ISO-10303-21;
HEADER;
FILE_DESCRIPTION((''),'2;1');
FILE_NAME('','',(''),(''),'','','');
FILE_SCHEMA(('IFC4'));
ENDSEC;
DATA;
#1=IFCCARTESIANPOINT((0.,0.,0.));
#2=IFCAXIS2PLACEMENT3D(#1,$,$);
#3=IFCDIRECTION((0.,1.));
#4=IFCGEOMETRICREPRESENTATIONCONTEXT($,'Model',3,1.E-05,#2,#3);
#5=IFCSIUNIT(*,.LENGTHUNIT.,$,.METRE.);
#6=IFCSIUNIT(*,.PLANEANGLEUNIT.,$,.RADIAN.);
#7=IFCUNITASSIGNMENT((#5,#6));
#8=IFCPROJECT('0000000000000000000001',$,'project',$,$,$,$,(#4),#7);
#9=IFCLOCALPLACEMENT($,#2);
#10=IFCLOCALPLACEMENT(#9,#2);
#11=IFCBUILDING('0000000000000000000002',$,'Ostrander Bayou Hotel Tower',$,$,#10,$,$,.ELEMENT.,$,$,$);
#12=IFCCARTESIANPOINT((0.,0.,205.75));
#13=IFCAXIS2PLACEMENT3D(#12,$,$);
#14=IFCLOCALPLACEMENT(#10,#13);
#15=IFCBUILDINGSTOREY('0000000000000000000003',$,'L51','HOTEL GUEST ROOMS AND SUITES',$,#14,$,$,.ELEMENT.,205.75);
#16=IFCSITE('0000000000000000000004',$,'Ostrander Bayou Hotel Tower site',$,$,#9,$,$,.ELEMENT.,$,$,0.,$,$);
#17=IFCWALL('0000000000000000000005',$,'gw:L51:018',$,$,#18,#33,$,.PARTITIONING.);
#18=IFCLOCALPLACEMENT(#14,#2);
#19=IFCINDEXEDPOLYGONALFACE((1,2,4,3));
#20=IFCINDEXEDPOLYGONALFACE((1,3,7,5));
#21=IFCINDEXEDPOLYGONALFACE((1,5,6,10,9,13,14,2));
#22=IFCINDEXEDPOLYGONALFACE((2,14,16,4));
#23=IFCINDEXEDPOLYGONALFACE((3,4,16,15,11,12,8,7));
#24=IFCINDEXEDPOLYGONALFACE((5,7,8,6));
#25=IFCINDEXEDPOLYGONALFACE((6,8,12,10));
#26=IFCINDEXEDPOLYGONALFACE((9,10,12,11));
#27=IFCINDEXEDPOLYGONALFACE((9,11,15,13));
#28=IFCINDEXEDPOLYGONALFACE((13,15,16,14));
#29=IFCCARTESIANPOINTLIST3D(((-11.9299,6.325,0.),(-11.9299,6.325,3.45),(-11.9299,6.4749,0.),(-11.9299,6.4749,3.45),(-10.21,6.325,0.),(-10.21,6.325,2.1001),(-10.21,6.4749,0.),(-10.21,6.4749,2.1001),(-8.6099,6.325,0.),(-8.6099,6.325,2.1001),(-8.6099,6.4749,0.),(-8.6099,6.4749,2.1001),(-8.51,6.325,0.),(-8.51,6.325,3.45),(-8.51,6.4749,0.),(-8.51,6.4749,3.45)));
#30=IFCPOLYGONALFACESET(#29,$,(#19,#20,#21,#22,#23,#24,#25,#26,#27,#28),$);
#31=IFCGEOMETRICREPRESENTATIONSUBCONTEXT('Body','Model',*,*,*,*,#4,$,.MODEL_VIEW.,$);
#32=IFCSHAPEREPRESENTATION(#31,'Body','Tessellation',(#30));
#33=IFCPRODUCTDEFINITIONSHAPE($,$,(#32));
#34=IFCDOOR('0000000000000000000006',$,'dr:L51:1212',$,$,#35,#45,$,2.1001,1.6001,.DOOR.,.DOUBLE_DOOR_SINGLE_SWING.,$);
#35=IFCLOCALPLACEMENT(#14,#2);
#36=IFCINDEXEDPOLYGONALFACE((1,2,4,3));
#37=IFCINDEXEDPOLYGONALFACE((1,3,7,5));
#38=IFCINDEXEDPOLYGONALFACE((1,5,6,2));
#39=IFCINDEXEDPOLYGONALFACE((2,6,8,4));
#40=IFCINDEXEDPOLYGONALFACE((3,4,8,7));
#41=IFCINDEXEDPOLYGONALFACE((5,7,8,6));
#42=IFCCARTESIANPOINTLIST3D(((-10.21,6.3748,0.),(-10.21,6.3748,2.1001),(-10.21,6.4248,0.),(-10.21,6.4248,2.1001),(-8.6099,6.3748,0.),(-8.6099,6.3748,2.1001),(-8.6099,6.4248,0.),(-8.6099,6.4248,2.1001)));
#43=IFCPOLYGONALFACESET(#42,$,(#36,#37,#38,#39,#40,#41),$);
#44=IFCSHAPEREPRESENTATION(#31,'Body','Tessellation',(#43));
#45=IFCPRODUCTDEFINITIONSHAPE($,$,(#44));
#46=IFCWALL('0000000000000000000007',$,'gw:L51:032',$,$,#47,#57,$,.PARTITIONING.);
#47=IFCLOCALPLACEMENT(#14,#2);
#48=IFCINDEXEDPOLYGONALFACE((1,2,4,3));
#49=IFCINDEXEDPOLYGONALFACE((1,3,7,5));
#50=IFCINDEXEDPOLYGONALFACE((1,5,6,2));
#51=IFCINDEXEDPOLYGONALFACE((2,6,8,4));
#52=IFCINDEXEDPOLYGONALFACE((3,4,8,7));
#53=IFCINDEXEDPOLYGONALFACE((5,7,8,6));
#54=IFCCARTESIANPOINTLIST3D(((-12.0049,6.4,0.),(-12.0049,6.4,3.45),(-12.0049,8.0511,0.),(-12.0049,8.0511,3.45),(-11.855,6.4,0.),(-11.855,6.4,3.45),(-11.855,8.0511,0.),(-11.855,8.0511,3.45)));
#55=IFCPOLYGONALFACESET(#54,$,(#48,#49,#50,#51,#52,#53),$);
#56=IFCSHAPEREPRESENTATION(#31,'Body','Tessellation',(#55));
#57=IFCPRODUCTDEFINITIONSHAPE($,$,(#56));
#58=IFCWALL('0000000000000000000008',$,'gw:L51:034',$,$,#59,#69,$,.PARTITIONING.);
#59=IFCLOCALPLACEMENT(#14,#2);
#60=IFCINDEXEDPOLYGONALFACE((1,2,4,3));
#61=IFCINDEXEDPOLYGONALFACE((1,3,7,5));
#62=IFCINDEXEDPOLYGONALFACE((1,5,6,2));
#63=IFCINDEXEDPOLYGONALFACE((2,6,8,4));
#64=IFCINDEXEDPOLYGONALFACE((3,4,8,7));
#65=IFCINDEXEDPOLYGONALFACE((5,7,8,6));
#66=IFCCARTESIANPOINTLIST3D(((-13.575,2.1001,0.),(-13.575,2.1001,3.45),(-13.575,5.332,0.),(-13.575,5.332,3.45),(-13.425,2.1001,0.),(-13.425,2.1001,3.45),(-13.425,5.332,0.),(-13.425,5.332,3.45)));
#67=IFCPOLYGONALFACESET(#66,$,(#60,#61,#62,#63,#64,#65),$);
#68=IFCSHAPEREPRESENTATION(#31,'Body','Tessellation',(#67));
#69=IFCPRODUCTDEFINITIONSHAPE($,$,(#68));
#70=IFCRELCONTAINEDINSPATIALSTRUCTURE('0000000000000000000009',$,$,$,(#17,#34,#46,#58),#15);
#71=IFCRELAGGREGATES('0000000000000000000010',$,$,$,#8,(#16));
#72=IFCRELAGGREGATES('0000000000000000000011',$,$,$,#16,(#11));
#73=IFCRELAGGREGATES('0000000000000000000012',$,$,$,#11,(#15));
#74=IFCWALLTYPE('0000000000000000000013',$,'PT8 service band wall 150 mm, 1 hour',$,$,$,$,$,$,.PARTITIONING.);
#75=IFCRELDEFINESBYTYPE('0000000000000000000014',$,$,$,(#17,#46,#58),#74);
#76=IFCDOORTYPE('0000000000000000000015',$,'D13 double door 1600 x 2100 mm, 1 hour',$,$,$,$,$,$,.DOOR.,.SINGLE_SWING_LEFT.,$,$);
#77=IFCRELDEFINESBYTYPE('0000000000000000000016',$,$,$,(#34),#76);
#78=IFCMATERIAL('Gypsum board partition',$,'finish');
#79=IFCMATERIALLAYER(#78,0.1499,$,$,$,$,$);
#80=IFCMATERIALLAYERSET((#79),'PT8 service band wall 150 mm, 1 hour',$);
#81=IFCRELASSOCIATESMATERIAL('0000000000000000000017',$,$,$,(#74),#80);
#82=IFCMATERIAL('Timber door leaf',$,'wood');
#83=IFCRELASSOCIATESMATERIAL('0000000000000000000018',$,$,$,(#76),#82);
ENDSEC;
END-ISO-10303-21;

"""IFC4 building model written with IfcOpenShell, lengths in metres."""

from ifc_helpers import new_model, si_unit, direction, frame, frame_2d, origin, place, context, subcontext, project, spatial, rectangle, extrude, material, layer, layer_set, type_object, element, fill, save


model = new_model("IFC4")

# Units and contexts
model_context = context("Model", 3, precision=1e-05, world=origin(), true_north=direction((0.0, 1.0)))
body_context = subcontext(model_context, "Body", "Model", "MODEL_VIEW")
ifc_project = project(units=[si_unit("LENGTHUNIT", "METRE"), si_unit("PLANEANGLEUNIT", "RADIAN")], contexts=[model_context])

# Site, building, storey
site_placement = place(None, origin())
site = spatial("IfcSite", under=ifc_project, at=site_placement, Name="Ostrander Bayou Hotel Tower site", CompositionType="ELEMENT", RefElevation=0.0)
building_placement = place(site_placement, origin())
building = spatial("IfcBuilding", under=site, at=building_placement, Name="Ostrander Bayou Hotel Tower", CompositionType="ELEMENT")
storey_placement = place(building_placement, frame((0.0, 0.0, 205.75)))
storey = spatial("IfcBuildingStorey", under=building, at=storey_placement, Name="L51", Description="HOTEL GUEST ROOMS AND SUITES", CompositionType="ELEMENT", Elevation=205.75)

# Shared definitions
ifc_material_1 = material(Name="Gypsum board partition", Category="finish")
ifc_layer_1 = layer(ifc_material_1, 0.1499)
ifc_layer_set_1 = layer_set([ifc_layer_1], Name="PT8 service band wall 150 mm, 1 hour")
wall_type_1 = type_object("IfcWallType", Name="PT8 service band wall 150 mm, 1 hour", PredefinedType="PARTITIONING", material=ifc_layer_set_1)

# Wall, opening, door
wall_1_placement = place(storey_placement, frame((-11.9299, 6.3999, 0.0), z_axis=(0.0, 0.0, 1.0), x_axis=(1.0, 0.0, 0.0)))
wall_1 = element("IfcWall", 1, at=wall_1_placement, inside=storey, type_object=wall_type_1, Name="gw:L51:018", PredefinedType="PARTITIONING", context=body_context, shape_type="SweptSolid", body=[
    extrude(rectangle(XDim=3.4199, YDim=0.1499, at=frame_2d((1.71, 0.0))), origin(), (0.0, 0.0, 1.0), 3.45),
])
opening_1_placement = place(wall_1_placement, frame((1.72, 0.0, 0.0)))
opening_1 = element("IfcOpeningElement", 2, at=opening_1_placement, cuts=wall_1, PredefinedType="OPENING", context=body_context, shape_type="SweptSolid", body=[
    extrude(rectangle(XDim=1.6001, YDim=2.1001, at=frame_2d((0.8, 1.05))), frame((0.0, 0.075, 0.0), z_axis=(0.0, -1.0, 0.0), x_axis=(1.0, 0.0, 0.0)), (0.0, 0.0, 1.0), 0.1499),
])
ifc_material_2 = material(Name="Timber door leaf", Category="wood")
door_type_1 = type_object("IfcDoorType", Name="D13 double door 1600 x 2100 mm, 1 hour", OperationType="SINGLE_SWING_LEFT", PredefinedType="DOOR", material=ifc_material_2)
door_1_placement = place(opening_1_placement, origin())
door_1 = element("IfcDoor", 3, at=door_1_placement, inside=storey, type_object=door_type_1, Name="dr:L51:1212", OperationType="DOUBLE_DOOR_SINGLE_SWING", OverallHeight=2.1001, OverallWidth=1.6001, PredefinedType="DOOR", context=body_context, shape_type="SweptSolid", body=[
    extrude(rectangle(XDim=1.6001, YDim=2.1001, at=frame_2d((0.8, 1.05))), frame((0.0, 0.0249, 0.0), z_axis=(0.0, -1.0, 0.0), x_axis=(1.0, 0.0, 0.0)), (0.0, 0.0, 1.0), 0.05),
])
fill(opening_1, door_1)

# Walls
wall_2_placement = place(storey_placement, frame((-11.9299, 6.3999, 0.0), z_axis=(0.0, 0.0, 1.0), x_axis=(0.0, 1.0, 0.0)))
element("IfcWall", 4, at=wall_2_placement, inside=storey, type_object=wall_type_1, Name="gw:L51:032", PredefinedType="PARTITIONING", context=body_context, shape_type="SweptSolid", body=[
    extrude(rectangle(XDim=1.6511, YDim=0.1499, at=frame_2d((0.8257, 0.0))), origin(), (0.0, 0.0, 1.0), 3.45),
])
wall_3_placement = place(storey_placement, frame((-13.5, 2.1001, 0.0), z_axis=(0.0, 0.0, 1.0), x_axis=(0.0, 1.0, 0.0)))
element("IfcWall", 5, at=wall_3_placement, inside=storey, type_object=wall_type_1, Name="gw:L51:034", PredefinedType="PARTITIONING", context=body_context, shape_type="SweptSolid", body=[
    extrude(rectangle(XDim=3.2319, YDim=0.1499, at=frame_2d((1.616, 0.0))), origin(), (0.0, 0.0, 1.0), 3.45),
])

save(model, "model.ifc")
